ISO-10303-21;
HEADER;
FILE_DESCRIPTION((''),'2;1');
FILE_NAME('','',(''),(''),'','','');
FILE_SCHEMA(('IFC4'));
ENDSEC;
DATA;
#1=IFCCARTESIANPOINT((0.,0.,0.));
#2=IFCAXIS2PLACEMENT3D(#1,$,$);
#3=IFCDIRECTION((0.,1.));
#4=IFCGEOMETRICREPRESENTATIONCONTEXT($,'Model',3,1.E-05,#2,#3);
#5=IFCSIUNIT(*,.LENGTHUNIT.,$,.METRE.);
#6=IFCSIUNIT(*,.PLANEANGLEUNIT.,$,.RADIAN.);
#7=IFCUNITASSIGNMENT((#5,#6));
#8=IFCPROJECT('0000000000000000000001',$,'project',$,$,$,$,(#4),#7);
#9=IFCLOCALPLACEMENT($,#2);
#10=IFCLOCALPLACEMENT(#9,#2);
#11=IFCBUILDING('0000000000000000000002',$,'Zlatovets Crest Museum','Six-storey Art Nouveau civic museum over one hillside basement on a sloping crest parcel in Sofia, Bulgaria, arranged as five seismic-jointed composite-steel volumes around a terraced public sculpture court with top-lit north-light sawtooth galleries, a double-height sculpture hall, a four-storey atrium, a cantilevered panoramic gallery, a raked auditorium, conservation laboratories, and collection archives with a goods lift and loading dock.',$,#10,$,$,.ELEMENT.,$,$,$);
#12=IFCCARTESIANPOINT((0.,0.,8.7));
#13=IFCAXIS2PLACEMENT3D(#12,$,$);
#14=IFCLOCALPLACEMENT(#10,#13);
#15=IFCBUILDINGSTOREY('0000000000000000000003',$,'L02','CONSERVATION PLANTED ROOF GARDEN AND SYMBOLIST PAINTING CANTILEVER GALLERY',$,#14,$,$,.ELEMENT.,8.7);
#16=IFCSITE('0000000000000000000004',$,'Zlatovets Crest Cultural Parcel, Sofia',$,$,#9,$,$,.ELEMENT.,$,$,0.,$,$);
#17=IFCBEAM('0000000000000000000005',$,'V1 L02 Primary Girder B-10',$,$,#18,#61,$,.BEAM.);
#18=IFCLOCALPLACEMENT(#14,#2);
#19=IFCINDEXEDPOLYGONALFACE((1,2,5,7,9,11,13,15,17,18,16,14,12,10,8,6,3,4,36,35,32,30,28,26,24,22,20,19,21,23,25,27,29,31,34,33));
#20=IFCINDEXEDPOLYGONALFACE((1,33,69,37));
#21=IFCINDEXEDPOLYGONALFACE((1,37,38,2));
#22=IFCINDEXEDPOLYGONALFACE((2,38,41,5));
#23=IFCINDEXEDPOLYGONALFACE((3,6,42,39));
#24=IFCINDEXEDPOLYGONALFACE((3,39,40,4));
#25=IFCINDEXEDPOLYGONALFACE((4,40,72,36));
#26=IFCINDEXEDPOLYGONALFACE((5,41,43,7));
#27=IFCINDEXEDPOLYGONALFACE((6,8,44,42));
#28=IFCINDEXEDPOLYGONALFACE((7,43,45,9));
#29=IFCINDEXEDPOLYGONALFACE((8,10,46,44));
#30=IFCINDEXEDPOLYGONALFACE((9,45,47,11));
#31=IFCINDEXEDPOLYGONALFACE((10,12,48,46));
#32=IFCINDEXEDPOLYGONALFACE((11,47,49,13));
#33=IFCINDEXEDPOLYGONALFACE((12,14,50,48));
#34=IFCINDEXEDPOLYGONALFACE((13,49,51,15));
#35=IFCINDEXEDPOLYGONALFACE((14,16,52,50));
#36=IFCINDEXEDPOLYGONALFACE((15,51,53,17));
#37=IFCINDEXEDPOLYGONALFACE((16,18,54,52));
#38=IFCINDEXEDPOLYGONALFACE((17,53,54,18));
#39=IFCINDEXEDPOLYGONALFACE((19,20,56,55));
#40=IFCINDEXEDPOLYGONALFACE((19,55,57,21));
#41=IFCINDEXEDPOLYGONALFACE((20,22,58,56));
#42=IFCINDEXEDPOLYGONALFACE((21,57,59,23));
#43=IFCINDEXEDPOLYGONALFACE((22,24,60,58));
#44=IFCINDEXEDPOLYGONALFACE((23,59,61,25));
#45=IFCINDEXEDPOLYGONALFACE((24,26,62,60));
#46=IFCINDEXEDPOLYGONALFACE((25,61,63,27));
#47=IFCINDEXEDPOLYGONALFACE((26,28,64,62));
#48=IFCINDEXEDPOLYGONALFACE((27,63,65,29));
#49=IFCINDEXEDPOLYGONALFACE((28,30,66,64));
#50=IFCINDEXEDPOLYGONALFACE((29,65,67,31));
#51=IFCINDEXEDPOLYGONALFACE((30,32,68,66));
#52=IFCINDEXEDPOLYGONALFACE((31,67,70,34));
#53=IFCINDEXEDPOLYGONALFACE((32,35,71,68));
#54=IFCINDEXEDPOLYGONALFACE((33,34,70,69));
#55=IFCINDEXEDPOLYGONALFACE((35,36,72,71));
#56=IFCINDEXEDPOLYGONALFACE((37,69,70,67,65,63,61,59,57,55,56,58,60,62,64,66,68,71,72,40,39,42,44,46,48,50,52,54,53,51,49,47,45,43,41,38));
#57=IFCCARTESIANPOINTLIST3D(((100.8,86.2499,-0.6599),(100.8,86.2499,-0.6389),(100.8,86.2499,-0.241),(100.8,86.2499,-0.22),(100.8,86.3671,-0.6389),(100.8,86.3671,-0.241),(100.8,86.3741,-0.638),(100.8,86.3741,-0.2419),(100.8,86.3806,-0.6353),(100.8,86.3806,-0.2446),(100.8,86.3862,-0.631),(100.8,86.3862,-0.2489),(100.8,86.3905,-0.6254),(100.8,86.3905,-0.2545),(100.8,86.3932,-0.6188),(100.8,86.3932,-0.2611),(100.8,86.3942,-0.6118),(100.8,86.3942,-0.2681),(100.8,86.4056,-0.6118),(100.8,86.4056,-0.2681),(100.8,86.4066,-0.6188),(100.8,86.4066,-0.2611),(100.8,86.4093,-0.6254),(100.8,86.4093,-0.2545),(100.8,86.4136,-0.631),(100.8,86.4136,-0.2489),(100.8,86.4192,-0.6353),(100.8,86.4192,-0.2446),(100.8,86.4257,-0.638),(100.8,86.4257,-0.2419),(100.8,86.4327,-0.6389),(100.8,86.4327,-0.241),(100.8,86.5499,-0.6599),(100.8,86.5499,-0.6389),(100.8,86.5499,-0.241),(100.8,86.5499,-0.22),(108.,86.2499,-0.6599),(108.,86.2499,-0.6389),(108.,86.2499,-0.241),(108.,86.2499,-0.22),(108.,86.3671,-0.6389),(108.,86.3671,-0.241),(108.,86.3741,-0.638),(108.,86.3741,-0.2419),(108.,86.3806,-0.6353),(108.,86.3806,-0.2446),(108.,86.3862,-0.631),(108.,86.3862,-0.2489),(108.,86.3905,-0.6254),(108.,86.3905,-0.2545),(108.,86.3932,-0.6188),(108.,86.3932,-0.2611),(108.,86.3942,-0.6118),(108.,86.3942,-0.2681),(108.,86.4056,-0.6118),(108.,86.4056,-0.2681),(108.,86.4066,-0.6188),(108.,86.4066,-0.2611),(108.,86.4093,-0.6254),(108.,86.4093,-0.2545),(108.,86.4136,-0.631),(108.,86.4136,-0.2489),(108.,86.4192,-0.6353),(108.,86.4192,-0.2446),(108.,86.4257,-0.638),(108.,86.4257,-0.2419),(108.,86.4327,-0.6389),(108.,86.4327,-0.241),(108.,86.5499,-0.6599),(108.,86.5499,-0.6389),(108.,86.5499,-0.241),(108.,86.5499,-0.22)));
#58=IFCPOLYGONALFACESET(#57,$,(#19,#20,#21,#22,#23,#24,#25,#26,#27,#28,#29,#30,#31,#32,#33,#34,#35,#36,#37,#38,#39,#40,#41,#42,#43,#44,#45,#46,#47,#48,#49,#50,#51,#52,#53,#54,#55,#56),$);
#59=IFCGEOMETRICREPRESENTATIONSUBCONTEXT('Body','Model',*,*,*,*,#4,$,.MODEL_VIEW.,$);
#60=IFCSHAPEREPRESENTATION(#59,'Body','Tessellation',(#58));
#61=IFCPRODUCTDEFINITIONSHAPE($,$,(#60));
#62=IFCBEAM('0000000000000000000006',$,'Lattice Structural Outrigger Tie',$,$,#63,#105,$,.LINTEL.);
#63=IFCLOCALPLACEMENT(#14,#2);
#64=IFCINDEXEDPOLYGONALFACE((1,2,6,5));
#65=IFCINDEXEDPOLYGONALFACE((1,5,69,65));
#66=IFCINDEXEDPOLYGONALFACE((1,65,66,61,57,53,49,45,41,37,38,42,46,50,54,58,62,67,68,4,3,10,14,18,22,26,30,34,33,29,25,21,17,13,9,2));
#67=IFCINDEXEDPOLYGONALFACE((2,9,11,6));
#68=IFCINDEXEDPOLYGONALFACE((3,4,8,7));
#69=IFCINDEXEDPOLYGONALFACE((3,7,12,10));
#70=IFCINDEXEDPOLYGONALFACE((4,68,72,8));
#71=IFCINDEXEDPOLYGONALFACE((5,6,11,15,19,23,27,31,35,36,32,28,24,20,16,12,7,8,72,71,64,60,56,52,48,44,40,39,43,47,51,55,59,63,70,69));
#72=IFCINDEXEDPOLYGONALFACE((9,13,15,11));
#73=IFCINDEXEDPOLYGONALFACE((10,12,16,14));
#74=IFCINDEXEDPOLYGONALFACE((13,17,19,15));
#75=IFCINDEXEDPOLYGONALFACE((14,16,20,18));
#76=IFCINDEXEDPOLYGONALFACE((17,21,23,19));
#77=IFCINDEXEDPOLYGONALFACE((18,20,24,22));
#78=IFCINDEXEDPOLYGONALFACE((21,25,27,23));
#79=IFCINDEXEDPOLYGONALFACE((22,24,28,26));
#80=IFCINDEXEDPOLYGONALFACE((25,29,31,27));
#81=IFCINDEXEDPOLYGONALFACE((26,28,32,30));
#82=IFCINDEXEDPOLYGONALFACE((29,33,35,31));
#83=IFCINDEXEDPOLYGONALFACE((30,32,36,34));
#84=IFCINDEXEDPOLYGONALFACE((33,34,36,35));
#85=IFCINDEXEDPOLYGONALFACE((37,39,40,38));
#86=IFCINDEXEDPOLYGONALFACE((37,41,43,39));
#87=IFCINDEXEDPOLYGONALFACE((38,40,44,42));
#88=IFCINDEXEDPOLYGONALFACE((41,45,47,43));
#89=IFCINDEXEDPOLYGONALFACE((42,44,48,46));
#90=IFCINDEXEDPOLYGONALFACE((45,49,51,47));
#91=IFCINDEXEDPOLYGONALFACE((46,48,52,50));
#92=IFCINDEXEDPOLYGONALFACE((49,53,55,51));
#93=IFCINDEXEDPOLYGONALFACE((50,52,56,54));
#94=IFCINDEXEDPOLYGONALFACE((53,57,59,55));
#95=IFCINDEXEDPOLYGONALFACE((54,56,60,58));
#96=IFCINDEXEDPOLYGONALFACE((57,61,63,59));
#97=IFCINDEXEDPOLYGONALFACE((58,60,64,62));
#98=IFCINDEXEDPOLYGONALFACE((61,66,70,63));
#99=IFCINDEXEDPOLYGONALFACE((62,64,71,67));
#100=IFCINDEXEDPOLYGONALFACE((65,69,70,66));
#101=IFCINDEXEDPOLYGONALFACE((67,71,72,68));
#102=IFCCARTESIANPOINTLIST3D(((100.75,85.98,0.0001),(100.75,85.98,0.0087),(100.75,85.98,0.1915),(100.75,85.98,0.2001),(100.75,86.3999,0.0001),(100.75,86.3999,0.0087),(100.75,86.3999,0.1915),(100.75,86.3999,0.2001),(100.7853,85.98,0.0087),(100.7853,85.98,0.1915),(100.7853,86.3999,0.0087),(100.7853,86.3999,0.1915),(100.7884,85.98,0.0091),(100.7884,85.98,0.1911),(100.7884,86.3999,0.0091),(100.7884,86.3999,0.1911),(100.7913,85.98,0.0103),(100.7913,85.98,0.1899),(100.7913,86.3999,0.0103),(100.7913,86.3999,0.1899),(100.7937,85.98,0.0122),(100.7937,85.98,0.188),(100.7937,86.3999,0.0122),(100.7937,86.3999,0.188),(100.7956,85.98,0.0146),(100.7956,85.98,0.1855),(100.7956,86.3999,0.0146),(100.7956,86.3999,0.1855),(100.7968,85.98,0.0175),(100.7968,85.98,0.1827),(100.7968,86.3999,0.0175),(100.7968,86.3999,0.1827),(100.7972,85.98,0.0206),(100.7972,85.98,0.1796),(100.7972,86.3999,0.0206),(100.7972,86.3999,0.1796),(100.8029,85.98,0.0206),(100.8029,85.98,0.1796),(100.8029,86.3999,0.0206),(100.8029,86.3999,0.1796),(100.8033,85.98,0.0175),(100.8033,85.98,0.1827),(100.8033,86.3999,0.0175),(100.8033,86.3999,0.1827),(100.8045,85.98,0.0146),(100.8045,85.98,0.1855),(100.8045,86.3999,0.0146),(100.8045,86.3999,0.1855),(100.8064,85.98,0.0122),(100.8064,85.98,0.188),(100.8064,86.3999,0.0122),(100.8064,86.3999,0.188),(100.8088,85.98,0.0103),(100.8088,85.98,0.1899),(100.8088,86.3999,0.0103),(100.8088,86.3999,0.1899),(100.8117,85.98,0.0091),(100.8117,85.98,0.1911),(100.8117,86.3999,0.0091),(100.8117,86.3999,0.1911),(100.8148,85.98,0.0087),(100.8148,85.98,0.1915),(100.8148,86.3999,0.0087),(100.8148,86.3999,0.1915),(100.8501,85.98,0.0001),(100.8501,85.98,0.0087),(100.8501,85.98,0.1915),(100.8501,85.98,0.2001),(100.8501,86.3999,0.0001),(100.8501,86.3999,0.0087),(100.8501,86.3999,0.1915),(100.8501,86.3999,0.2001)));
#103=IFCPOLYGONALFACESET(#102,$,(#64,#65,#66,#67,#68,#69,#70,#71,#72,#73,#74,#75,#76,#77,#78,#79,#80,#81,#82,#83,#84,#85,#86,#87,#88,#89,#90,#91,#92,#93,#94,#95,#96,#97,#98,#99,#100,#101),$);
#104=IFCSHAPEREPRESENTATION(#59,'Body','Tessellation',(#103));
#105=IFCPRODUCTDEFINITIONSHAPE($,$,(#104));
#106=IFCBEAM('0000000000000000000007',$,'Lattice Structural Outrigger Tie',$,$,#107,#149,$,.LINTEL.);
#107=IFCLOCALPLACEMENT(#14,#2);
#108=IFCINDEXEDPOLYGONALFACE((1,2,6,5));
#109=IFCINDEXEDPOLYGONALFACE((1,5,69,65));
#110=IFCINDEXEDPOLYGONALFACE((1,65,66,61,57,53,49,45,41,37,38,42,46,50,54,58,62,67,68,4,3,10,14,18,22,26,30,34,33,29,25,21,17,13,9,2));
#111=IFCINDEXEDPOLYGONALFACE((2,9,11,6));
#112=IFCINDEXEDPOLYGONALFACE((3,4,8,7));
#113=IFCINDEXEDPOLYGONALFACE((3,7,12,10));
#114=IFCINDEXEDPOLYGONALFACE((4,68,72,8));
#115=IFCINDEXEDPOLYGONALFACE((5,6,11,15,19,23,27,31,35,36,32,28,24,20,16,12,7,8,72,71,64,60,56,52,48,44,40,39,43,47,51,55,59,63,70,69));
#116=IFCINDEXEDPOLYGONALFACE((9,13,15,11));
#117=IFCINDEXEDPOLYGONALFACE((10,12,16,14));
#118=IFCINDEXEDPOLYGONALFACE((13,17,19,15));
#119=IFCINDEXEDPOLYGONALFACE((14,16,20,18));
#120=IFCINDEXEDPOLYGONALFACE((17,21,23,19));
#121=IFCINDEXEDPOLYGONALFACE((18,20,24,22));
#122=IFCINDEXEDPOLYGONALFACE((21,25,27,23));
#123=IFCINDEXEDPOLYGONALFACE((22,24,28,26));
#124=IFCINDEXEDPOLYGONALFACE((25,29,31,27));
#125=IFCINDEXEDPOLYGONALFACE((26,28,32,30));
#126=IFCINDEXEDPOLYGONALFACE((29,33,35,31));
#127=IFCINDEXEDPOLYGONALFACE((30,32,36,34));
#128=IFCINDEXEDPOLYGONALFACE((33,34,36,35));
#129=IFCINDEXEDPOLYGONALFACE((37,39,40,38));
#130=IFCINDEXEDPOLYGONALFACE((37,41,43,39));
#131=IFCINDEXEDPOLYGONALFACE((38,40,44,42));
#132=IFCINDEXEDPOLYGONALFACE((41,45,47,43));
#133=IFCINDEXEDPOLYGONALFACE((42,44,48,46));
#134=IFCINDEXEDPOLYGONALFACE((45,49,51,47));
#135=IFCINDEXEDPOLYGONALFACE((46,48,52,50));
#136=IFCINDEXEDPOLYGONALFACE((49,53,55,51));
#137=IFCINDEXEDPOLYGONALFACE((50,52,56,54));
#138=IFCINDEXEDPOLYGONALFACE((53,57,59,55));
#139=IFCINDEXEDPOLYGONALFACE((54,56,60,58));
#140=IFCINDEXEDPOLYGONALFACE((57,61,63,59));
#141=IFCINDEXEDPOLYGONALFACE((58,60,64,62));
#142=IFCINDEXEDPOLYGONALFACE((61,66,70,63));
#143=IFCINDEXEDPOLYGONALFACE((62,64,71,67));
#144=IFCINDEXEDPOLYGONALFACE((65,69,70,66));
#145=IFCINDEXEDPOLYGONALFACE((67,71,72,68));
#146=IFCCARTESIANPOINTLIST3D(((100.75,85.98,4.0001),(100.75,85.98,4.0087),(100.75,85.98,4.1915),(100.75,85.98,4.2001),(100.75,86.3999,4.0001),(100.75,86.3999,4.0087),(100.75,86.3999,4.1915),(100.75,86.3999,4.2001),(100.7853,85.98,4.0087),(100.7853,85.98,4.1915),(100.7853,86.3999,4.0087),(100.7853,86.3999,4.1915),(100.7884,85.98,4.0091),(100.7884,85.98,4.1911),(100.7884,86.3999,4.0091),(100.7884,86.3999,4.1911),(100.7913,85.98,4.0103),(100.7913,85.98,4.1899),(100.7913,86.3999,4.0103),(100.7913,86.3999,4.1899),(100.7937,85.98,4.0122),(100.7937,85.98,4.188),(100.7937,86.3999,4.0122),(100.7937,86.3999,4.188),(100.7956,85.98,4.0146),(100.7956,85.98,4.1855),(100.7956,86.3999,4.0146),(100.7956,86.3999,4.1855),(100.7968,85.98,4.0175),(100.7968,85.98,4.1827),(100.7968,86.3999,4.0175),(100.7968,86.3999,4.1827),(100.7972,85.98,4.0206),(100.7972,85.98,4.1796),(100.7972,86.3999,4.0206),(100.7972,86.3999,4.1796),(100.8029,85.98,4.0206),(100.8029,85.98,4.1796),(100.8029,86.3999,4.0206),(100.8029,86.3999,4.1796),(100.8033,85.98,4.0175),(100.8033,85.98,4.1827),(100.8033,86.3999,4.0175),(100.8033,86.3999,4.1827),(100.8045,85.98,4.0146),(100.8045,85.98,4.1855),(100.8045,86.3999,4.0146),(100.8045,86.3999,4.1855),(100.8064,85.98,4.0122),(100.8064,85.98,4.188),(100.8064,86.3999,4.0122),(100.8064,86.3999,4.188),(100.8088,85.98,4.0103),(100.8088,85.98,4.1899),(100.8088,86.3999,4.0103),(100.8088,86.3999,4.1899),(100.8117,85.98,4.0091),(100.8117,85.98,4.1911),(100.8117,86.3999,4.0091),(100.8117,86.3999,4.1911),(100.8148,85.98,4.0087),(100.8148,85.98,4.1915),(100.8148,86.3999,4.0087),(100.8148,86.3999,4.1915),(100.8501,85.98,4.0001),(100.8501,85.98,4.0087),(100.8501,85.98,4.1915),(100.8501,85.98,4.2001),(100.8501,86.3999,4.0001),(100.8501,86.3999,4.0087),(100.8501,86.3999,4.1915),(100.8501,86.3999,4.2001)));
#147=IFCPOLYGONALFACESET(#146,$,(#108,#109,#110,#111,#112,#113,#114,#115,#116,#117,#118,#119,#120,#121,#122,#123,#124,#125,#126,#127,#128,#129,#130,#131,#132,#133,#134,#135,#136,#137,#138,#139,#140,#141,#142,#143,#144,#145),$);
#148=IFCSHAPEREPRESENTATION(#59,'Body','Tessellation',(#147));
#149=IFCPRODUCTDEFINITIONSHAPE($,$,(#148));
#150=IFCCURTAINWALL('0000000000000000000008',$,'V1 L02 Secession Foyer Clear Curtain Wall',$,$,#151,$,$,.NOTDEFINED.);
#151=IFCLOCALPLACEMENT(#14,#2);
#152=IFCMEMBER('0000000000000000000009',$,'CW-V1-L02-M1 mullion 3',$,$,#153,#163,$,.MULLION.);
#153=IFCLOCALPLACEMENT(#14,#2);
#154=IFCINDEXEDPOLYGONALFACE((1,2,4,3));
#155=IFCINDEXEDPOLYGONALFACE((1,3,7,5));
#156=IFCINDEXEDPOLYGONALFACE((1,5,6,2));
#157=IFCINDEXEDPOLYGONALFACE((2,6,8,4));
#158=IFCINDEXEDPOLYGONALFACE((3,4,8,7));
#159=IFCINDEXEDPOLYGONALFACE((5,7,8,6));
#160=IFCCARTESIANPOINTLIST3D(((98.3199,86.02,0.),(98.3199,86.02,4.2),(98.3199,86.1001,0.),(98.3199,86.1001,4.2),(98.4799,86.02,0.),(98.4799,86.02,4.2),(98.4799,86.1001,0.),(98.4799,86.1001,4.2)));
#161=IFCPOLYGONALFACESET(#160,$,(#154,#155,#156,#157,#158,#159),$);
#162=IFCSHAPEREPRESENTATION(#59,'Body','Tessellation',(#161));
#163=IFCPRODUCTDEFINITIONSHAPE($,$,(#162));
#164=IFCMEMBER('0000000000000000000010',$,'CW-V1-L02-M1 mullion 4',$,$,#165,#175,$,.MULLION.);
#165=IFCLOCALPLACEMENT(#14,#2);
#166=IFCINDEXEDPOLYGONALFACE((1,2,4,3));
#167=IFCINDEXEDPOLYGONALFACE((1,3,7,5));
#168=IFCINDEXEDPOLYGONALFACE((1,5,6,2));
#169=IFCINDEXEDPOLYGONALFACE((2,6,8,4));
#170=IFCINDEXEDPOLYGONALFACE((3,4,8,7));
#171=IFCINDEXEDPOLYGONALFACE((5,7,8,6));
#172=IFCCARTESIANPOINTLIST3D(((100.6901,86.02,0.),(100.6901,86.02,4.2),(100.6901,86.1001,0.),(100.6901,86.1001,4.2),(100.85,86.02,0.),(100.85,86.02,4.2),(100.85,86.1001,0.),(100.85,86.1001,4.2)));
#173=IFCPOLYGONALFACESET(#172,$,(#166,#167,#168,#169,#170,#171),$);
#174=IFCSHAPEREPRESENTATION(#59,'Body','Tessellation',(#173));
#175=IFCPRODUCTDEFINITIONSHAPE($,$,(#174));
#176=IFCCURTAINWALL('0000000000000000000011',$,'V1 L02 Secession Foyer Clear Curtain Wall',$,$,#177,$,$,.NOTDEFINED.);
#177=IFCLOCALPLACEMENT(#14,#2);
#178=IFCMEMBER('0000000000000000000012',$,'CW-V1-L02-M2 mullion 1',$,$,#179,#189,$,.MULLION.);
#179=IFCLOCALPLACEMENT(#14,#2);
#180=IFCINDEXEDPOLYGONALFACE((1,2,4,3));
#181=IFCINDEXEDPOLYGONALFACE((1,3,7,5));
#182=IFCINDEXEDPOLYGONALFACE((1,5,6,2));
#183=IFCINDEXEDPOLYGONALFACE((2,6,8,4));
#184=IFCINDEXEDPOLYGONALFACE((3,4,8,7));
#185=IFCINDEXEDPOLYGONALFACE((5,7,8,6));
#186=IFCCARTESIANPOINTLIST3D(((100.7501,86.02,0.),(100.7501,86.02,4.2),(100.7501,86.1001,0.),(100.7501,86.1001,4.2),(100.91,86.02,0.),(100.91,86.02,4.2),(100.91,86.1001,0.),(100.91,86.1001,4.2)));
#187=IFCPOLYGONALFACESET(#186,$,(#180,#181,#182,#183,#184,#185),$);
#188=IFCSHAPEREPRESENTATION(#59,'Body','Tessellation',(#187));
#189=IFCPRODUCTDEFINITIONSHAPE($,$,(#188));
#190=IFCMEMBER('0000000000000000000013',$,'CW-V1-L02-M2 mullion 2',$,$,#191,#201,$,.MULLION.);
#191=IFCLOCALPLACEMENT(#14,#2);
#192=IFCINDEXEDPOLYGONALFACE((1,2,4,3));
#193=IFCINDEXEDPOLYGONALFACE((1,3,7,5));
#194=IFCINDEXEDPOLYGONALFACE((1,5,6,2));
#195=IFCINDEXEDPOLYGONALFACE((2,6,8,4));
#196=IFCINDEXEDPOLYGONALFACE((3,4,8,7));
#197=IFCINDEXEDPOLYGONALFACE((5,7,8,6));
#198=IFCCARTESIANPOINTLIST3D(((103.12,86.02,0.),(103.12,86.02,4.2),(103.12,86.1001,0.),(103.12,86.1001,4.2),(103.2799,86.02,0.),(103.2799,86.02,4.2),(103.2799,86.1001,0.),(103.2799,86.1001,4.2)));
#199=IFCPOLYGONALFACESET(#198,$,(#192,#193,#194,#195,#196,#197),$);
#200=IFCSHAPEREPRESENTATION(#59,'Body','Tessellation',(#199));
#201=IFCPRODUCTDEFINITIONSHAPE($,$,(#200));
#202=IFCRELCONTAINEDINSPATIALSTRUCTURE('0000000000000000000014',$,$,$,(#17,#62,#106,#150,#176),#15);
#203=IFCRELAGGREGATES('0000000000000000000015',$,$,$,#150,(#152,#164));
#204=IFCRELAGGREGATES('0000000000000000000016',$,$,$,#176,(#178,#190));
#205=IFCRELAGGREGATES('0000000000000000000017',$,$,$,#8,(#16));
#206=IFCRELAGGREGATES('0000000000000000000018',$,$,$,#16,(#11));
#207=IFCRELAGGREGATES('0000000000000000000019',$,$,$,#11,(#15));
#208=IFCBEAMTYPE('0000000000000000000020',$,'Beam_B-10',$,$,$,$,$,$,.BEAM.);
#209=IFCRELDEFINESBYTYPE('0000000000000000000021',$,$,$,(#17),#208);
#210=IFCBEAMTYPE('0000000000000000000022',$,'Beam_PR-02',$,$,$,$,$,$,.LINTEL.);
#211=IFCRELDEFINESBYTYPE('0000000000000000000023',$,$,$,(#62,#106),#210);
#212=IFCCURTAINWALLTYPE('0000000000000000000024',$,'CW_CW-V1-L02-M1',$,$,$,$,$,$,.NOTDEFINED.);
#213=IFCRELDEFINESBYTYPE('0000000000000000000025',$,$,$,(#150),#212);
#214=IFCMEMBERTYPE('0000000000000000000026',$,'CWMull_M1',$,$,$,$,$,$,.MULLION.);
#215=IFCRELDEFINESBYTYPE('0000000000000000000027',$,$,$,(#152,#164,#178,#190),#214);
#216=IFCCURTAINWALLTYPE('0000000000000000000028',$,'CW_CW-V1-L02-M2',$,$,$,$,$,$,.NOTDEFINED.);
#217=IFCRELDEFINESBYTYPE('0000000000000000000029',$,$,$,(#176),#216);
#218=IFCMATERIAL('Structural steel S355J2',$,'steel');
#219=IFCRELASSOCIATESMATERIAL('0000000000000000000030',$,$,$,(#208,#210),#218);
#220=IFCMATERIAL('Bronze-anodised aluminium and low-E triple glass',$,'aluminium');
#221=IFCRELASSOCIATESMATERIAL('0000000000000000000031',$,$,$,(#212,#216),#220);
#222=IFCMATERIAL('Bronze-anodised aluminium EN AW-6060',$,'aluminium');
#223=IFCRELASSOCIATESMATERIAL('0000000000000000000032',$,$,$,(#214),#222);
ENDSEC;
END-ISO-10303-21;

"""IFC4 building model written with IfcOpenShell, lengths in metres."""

from ifc_helpers import new_model, si_unit, direction, frame, origin, origin_2d, place, context, subcontext, project, spatial, rectangle, i_section, extrude, material, material_profile, profile_set, type_object, element, aggregate, save


model = new_model("IFC4")

# Units and contexts
model_context = context("Model", 3, precision=1e-05, world=origin(), true_north=direction((0.0, 1.0)))
body_context = subcontext(model_context, "Body", "Model", "MODEL_VIEW")
ifc_project = project(units=[si_unit("LENGTHUNIT", "METRE"), si_unit("PLANEANGLEUNIT", "RADIAN")], contexts=[model_context])

# Site, building, storey
site_placement = place(None, origin())
site = spatial("IfcSite", under=ifc_project, at=site_placement, Name="Zlatovets Crest Cultural Parcel, Sofia", CompositionType="ELEMENT", RefElevation=0.0)
building_placement = place(site_placement, origin())
building = spatial("IfcBuilding", under=site, at=building_placement, Name="Zlatovets Crest Museum", Description="Six-storey Art Nouveau civic museum over one hillside basement on a sloping crest parcel in Sofia, Bulgaria, arranged as five seismic-jointed composite-steel volumes around a terraced public sculpture court with top-lit north-light sawtooth galleries, a double-height sculpture hall, a four-storey atrium, a cantilevered panoramic gallery, a raked auditorium, conservation laboratories, and collection archives with a goods lift and loading dock.", CompositionType="ELEMENT")
storey_placement = place(building_placement, frame((0.0, 0.0, 8.7)))
storey = spatial("IfcBuildingStorey", under=building, at=storey_placement, Name="L02", Description="CONSERVATION PLANTED ROOF GARDEN AND SYMBOLIST PAINTING CANTILEVER GALLERY", CompositionType="ELEMENT", Elevation=8.7)

# Shared definitions
ifc_material_1 = material(Name="Structural steel S355J2", Category="steel")

# Beams
ifc_material_profile_1 = material_profile(ifc_material_1, i_section(OverallWidth=0.3, OverallDepth=0.4399, WebThickness=0.0115, FlangeThickness=0.021, FilletRadius=0.0271, at=origin_2d()), Name="HEA 450")
ifc_profile_set_1 = profile_set([ifc_material_profile_1], Name="Structural steel S355J2")
beam_type_1 = type_object("IfcBeamType", Name="Beam_B-10", PredefinedType="BEAM", material=ifc_profile_set_1)
beam_placement = place(storey_placement, frame((100.8, 86.3999, -0.4399), z_axis=(1.0, 0.0, 0.0), x_axis=(0.0, 1.0, 0.0)))
element("IfcBeam", 1, at=beam_placement, inside=storey, type_object=beam_type_1, Name="V1 L02 Primary Girder B-10", PredefinedType="BEAM", context=body_context, shape_type="SweptSolid", body=[
    extrude(i_section(OverallWidth=0.3, OverallDepth=0.4399, WebThickness=0.0115, FlangeThickness=0.021, FilletRadius=0.0271, at=origin_2d()), origin(), (0.0, 0.0, 1.0), 7.2),
])
ifc_material_profile_2 = material_profile(ifc_material_1, i_section(OverallWidth=0.1001, OverallDepth=0.2, WebThickness=0.0056, FlangeThickness=0.0085, FilletRadius=0.012, at=origin_2d()), Name="IPE 200")
ifc_profile_set_2 = profile_set([ifc_material_profile_2], Name="Structural steel S355J2")
beam_type_2 = type_object("IfcBeamType", Name="Beam_PR-02", PredefinedType="LINTEL", material=ifc_profile_set_2)
for number, where, z_axis, x_axis, name in (
    (2, (100.8, 86.3999, 0.1001), (0.0, -1.0, 0.0), (1.0, 0.0, 0.0), "Lattice Structural Outrigger Tie"),
    (3, (100.8, 86.3999, 4.1001), (0.0, -1.0, 0.0), (1.0, 0.0, 0.0), "Lattice Structural Outrigger Tie"),
):
    element("IfcBeam", number, at=place(storey_placement, frame(where, z_axis=z_axis, x_axis=x_axis)), inside=storey, type_object=beam_type_2, Name=name, PredefinedType="LINTEL", context=body_context, shape_type="SweptSolid", body=[
        extrude(i_section(OverallWidth=0.1001, OverallDepth=0.2, WebThickness=0.0056, FlangeThickness=0.0085, FilletRadius=0.012, at=origin_2d()), origin(), (0.0, 0.0, 1.0), 0.4199),
    ])

# Curtain walls, members
ifc_material_2 = material(Name="Bronze-anodised aluminium and low-E triple glass", Category="aluminium")
curtain_wall_type_1 = type_object("IfcCurtainWallType", Name="CW_CW-V1-L02-M1", PredefinedType="NOTDEFINED", material=ifc_material_2)
curtain_wall_1_placement = place(storey_placement, origin())
curtain_wall_1 = element("IfcCurtainWall", 4, at=curtain_wall_1_placement, inside=storey, type_object=curtain_wall_type_1, Name="V1 L02 Secession Foyer Clear Curtain Wall", PredefinedType="NOTDEFINED")
ifc_material_3 = material(Name="Bronze-anodised aluminium EN AW-6060", Category="aluminium")
ifc_material_profile_3 = material_profile(ifc_material_3, rectangle(XDim=0.0801, YDim=0.1599, at=origin_2d()), Name="ALU 80x160")
ifc_profile_set_3 = profile_set([ifc_material_profile_3], Name="Bronze-anodised aluminium EN AW-6060")
member_type_1 = type_object("IfcMemberType", Name="CWMull_M1", PredefinedType="MULLION", material=ifc_profile_set_3)
member_1_placement = place(storey_placement, frame((98.3999, 86.0601, 0.0), z_axis=(0.0, 0.0, 1.0), x_axis=(0.0, 1.0, 0.0)))
member_1 = element("IfcMember", 5, at=member_1_placement, type_object=member_type_1, Name="CW-V1-L02-M1 mullion 3", PredefinedType="MULLION", context=body_context, shape_type="SweptSolid", body=[
    extrude(rectangle(XDim=0.0801, YDim=0.1599, at=origin_2d()), origin(), (0.0, 0.0, 1.0), 4.2),
])
member_2_placement = place(storey_placement, frame((100.77, 86.0601, 0.0), z_axis=(0.0, 0.0, 1.0), x_axis=(0.0, 1.0, 0.0)))
member_2 = element("IfcMember", 6, at=member_2_placement, type_object=member_type_1, Name="CW-V1-L02-M1 mullion 4", PredefinedType="MULLION", context=body_context, shape_type="SweptSolid", body=[
    extrude(rectangle(XDim=0.0801, YDim=0.1599, at=origin_2d()), origin(), (0.0, 0.0, 1.0), 4.2),
])
curtain_wall_type_2 = type_object("IfcCurtainWallType", Name="CW_CW-V1-L02-M2", PredefinedType="NOTDEFINED", material=ifc_material_2)
curtain_wall_2_placement = place(storey_placement, origin())
curtain_wall_2 = element("IfcCurtainWall", 7, at=curtain_wall_2_placement, inside=storey, type_object=curtain_wall_type_2, Name="V1 L02 Secession Foyer Clear Curtain Wall", PredefinedType="NOTDEFINED")
member_3_placement = place(storey_placement, frame((100.8301, 86.0601, 0.0), z_axis=(0.0, 0.0, 1.0), x_axis=(0.0, 1.0, 0.0)))
member_3 = element("IfcMember", 8, at=member_3_placement, type_object=member_type_1, Name="CW-V1-L02-M2 mullion 1", PredefinedType="MULLION", context=body_context, shape_type="SweptSolid", body=[
    extrude(rectangle(XDim=0.0801, YDim=0.1599, at=origin_2d()), origin(), (0.0, 0.0, 1.0), 4.2),
])
member_4_placement = place(storey_placement, frame((103.2, 86.0601, 0.0), z_axis=(0.0, 0.0, 1.0), x_axis=(0.0, 1.0, 0.0)))
member_4 = element("IfcMember", 9, at=member_4_placement, type_object=member_type_1, Name="CW-V1-L02-M2 mullion 2", PredefinedType="MULLION", context=body_context, shape_type="SweptSolid", body=[
    extrude(rectangle(XDim=0.0801, YDim=0.1599, at=origin_2d()), origin(), (0.0, 0.0, 1.0), 4.2),
])

aggregate(curtain_wall_1, [member_1, member_2])
aggregate(curtain_wall_2, [member_3, member_4])

save(model, "model.ifc")
